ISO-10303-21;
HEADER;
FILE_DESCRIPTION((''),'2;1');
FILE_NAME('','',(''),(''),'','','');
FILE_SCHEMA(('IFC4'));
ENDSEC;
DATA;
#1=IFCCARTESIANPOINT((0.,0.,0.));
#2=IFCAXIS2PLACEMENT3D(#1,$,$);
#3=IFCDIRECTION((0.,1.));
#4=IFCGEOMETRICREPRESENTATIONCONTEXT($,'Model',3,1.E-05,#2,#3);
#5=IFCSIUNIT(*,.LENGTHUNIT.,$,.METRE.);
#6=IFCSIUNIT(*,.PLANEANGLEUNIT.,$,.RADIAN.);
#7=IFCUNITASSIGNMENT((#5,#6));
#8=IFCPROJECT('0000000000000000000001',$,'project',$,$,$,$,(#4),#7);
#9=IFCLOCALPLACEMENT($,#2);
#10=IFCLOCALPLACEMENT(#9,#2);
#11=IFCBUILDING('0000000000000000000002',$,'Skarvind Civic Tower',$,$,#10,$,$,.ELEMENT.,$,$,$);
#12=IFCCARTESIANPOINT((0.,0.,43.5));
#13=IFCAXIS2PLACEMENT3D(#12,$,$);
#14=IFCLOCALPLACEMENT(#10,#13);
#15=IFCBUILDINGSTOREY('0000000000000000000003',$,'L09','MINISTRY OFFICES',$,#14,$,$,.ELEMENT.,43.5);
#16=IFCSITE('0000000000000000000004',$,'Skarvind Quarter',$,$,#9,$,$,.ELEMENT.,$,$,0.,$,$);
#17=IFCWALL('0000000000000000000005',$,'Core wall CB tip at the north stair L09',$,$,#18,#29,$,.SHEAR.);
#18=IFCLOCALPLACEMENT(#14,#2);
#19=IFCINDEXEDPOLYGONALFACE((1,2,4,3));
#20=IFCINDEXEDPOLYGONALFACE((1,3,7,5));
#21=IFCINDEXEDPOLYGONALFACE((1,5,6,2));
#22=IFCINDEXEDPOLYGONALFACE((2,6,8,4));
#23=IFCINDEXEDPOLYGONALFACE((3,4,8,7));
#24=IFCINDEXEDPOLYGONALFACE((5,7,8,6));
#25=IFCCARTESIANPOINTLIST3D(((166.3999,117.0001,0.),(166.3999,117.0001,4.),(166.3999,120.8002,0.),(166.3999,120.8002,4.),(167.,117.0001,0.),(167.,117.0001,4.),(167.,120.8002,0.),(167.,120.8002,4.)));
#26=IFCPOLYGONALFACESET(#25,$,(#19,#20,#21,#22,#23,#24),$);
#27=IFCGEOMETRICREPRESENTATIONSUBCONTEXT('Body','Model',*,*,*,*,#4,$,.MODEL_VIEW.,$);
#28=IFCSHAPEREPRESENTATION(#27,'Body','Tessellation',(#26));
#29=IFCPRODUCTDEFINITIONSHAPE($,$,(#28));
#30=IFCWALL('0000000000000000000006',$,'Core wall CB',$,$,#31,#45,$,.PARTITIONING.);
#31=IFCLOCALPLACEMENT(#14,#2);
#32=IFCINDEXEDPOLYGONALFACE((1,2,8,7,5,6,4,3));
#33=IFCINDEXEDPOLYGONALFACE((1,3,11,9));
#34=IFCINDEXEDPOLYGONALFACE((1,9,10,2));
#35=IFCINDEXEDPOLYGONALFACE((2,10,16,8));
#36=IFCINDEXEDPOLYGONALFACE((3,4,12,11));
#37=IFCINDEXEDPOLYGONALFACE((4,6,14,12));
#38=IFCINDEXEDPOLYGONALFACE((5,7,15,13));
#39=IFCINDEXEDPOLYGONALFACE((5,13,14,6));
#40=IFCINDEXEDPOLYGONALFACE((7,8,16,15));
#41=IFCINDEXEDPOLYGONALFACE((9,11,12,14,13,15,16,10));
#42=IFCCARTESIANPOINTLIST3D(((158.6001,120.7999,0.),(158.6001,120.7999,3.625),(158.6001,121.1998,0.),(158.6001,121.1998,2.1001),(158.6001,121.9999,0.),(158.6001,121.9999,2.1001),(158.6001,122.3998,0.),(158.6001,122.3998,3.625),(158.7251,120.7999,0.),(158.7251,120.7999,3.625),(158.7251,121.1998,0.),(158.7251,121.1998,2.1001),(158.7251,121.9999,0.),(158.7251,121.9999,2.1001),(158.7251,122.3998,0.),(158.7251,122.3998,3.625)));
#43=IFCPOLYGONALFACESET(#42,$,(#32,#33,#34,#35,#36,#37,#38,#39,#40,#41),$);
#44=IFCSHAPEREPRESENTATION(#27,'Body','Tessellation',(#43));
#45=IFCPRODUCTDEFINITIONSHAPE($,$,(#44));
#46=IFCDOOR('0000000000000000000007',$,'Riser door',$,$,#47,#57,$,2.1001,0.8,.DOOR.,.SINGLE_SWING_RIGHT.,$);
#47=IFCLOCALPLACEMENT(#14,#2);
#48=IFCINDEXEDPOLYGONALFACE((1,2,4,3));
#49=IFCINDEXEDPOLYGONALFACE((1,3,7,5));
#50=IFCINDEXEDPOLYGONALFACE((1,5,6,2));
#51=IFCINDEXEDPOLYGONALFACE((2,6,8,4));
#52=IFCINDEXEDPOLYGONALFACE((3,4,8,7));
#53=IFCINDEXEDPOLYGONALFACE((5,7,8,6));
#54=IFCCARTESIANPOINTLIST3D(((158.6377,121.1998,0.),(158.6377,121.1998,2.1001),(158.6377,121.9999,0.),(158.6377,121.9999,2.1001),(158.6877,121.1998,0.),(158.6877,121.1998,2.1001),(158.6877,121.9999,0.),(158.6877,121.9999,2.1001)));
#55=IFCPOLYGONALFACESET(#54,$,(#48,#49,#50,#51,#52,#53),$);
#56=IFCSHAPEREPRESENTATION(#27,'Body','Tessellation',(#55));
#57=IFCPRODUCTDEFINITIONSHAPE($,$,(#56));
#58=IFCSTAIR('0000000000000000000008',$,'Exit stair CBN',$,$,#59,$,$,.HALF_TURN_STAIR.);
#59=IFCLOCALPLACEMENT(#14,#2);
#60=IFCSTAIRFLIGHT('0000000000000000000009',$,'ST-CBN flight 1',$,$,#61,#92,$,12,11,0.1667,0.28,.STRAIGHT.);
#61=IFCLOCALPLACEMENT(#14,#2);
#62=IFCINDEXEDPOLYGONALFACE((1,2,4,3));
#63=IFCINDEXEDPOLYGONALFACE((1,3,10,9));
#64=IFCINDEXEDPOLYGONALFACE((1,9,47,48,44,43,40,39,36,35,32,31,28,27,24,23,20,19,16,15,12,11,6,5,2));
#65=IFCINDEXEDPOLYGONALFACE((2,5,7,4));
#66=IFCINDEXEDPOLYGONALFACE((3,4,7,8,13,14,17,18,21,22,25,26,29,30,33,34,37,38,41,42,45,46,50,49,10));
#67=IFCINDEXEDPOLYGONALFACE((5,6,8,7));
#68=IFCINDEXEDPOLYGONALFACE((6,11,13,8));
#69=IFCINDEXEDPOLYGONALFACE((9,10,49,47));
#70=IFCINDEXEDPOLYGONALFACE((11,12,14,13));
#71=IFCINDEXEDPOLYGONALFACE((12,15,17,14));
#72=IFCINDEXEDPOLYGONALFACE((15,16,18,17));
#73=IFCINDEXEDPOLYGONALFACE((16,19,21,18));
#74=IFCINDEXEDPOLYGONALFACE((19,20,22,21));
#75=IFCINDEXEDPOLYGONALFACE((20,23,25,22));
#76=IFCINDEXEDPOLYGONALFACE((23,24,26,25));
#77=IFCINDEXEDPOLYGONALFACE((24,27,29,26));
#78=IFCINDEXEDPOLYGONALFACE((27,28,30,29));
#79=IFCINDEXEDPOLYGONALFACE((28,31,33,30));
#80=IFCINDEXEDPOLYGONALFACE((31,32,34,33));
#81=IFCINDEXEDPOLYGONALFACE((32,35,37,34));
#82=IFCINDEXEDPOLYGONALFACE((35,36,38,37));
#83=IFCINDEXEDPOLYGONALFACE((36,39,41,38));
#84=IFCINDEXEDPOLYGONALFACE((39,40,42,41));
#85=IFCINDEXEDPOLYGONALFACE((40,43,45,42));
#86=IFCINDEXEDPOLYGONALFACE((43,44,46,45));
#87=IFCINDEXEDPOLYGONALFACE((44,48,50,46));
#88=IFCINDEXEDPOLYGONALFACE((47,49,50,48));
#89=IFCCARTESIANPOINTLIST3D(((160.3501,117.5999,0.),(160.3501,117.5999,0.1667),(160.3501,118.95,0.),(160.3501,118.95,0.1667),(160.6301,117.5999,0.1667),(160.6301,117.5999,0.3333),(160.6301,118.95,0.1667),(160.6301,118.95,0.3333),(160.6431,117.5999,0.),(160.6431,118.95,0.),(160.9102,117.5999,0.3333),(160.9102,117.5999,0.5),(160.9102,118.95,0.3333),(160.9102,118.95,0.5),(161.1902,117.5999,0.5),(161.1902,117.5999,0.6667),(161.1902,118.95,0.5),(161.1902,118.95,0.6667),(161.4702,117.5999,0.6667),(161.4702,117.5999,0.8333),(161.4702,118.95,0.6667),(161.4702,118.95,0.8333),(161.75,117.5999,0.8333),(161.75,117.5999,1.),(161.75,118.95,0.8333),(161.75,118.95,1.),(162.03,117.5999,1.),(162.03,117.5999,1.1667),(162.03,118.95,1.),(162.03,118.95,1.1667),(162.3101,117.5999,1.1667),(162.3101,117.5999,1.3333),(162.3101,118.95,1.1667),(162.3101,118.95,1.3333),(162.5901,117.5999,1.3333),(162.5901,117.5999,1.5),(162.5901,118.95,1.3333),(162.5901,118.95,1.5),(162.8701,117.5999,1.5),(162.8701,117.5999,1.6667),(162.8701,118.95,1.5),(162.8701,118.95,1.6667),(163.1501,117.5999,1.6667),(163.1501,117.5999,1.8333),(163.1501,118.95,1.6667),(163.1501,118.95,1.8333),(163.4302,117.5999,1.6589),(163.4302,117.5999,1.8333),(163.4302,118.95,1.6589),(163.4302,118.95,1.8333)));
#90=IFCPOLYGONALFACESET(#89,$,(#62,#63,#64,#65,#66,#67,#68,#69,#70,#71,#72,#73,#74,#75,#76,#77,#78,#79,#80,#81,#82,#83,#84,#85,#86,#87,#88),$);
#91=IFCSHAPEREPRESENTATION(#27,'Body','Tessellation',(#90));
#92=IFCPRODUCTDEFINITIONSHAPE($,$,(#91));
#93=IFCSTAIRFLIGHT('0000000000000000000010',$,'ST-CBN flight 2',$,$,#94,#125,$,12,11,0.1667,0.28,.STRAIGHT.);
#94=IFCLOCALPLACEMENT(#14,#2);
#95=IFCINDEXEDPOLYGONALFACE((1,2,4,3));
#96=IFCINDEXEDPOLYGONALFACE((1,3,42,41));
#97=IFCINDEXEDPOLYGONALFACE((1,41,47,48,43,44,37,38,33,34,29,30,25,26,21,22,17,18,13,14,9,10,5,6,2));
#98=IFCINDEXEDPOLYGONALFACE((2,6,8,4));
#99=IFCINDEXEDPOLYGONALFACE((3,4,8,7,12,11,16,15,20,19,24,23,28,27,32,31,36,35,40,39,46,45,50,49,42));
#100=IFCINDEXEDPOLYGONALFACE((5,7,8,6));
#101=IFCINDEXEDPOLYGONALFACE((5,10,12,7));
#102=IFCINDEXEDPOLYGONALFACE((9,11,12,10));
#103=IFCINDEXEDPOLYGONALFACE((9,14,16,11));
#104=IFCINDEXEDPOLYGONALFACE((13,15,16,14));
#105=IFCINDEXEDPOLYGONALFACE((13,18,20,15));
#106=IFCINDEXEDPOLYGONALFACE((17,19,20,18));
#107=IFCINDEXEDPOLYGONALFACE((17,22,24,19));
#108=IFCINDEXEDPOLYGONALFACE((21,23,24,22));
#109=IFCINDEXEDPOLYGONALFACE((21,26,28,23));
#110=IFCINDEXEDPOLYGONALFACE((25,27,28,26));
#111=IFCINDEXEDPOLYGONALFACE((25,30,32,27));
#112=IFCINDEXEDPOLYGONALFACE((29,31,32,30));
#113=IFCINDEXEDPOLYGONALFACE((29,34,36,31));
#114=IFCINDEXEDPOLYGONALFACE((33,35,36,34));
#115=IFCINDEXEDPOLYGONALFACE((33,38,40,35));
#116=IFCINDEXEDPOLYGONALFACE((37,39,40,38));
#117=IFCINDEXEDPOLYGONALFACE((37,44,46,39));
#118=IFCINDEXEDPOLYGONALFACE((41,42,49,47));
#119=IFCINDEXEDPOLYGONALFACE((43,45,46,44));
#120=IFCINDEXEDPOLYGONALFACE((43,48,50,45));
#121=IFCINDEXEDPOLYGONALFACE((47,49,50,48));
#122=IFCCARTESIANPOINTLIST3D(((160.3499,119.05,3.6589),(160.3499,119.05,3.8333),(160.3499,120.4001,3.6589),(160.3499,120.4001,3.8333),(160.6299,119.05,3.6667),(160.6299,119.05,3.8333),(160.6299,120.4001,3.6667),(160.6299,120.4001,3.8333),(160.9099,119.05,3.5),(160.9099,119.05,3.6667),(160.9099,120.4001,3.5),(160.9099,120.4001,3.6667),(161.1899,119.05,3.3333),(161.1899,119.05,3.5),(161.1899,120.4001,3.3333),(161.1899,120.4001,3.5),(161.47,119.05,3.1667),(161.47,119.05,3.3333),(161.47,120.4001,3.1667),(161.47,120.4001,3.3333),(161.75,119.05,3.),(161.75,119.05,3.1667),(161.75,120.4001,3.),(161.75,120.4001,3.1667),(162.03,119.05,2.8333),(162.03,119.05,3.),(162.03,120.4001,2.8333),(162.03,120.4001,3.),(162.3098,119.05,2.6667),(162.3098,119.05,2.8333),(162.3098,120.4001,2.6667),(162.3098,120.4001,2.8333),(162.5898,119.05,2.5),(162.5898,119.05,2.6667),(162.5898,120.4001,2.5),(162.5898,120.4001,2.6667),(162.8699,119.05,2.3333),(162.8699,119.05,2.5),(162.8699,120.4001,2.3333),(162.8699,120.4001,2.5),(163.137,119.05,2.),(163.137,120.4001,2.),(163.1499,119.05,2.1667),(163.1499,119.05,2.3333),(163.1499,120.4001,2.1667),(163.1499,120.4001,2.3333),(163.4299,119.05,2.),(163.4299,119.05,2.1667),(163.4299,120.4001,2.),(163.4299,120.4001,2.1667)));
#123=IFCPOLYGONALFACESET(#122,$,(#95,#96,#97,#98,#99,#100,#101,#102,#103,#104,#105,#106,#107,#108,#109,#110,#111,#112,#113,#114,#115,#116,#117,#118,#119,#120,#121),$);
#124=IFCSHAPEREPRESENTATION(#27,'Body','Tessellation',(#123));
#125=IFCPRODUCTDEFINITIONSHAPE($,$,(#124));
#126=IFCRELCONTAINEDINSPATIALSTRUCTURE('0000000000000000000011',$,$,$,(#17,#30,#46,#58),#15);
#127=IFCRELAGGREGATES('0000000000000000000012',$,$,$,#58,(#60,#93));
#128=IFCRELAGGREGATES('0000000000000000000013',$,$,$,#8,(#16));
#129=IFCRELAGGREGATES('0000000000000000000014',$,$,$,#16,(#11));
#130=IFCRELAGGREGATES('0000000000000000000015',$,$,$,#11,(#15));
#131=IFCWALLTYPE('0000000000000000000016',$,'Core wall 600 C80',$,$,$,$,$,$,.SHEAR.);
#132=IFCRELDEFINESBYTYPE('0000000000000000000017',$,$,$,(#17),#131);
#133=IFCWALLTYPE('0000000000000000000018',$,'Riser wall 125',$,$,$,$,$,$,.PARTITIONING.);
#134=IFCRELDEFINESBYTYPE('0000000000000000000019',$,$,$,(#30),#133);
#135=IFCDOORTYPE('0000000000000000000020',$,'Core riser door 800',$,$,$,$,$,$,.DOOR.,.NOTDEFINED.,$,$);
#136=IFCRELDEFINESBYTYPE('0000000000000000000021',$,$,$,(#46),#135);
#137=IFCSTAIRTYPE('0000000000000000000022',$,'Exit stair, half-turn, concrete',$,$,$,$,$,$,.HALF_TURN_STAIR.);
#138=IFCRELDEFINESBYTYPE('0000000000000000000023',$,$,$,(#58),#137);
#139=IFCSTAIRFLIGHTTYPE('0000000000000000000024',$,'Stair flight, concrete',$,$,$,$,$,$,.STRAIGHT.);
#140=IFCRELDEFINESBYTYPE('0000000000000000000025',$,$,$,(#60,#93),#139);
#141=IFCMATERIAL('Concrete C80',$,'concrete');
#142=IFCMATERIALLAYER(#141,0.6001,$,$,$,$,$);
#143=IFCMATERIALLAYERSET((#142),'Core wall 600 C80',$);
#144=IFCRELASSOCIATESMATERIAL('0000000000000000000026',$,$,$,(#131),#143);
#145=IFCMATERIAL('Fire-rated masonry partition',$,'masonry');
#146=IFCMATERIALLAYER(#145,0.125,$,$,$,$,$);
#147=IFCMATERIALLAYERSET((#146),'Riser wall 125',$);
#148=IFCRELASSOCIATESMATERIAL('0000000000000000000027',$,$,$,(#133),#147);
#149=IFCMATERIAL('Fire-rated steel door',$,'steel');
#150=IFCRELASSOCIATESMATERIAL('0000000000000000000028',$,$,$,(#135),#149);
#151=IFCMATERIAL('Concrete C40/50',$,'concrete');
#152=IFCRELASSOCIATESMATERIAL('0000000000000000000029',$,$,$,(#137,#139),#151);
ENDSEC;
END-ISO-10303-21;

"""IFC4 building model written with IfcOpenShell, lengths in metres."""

from ifc_helpers import new_model, si_unit, direction, frame, frame_2d, origin, place, context, subcontext, project, spatial, polyline, rectangle, outline, extrude, material, layer, layer_set, type_object, element, fill, aggregate, save


model = new_model("IFC4")

# Units and contexts
model_context = context("Model", 3, precision=1e-05, world=origin(), true_north=direction((0.0, 1.0)))
body_context = subcontext(model_context, "Body", "Model", "MODEL_VIEW")
ifc_project = project(units=[si_unit("LENGTHUNIT", "METRE"), si_unit("PLANEANGLEUNIT", "RADIAN")], contexts=[model_context])

# Site, building, storey
site_placement = place(None, origin())
site = spatial("IfcSite", under=ifc_project, at=site_placement, Name="Skarvind Quarter", CompositionType="ELEMENT", RefElevation=0.0)
building_placement = place(site_placement, origin())
building = spatial("IfcBuilding", under=site, at=building_placement, Name="Skarvind Civic Tower", CompositionType="ELEMENT")
storey_placement = place(building_placement, frame((0.0, 0.0, 43.5)))
storey = spatial("IfcBuildingStorey", under=building, at=storey_placement, Name="L09", Description="MINISTRY OFFICES", CompositionType="ELEMENT", Elevation=43.5)

# Shared definitions
ifc_material_1 = material(Name="Fire-rated masonry partition", Category="masonry")
ifc_material_2 = material(Name="Fire-rated steel door", Category="steel")

# Shared definitions
ifc_material_3 = material(Name="Concrete C80", Category="concrete")

# Wall
ifc_layer_1 = layer(ifc_material_3, 0.6001)
ifc_layer_set_1 = layer_set([ifc_layer_1], Name="Core wall 600 C80")
wall_type_1 = type_object("IfcWallType", Name="Core wall 600 C80", PredefinedType="SHEAR", material=ifc_layer_set_1)
wall_1_placement = place(storey_placement, frame((166.7, 120.8, 0.0), z_axis=(0.0, 0.0, 1.0), x_axis=(0.0, -1.0, 0.0)))
element("IfcWall", 1, at=wall_1_placement, inside=storey, type_object=wall_type_1, Name="Core wall CB tip at the north stair L09", PredefinedType="SHEAR", context=body_context, shape_type="SweptSolid", body=[
    extrude(rectangle(XDim=3.8, YDim=0.6001, at=frame_2d((1.8999, 0.0))), origin(), (0.0, 0.0, 1.0), 4.0),
])

# Wall, opening, door
ifc_layer_2 = layer(ifc_material_1, 0.125)
ifc_layer_set_2 = layer_set([ifc_layer_2], Name="Riser wall 125")
wall_type_2 = type_object("IfcWallType", Name="Riser wall 125", PredefinedType="PARTITIONING", material=ifc_layer_set_2)
wall_2_placement = place(storey_placement, frame((158.6626, 120.8, 0.0), z_axis=(0.0, 0.0, 1.0), x_axis=(0.0, 1.0, 0.0)))
wall_2 = element("IfcWall", 2, at=wall_2_placement, inside=storey, type_object=wall_type_2, Name="Core wall CB", PredefinedType="PARTITIONING", context=body_context, shape_type="SweptSolid", body=[
    extrude(rectangle(XDim=1.5999, YDim=0.125, at=frame_2d((0.7998, 0.0))), origin(), (0.0, 0.0, 1.0), 3.625),
])
opening_1_placement = place(wall_2_placement, frame((0.3999, 0.0, 0.0)))
opening_1 = element("IfcOpeningElement", 3, at=opening_1_placement, cuts=wall_2, PredefinedType="OPENING", context=body_context, shape_type="SweptSolid", body=[
    extrude(rectangle(XDim=0.8, YDim=2.1001, at=frame_2d((0.3999, 1.05))), frame((0.0, 0.0725, 0.0), z_axis=(0.0, -1.0, 0.0), x_axis=(1.0, 0.0, 0.0)), (0.0, 0.0, 1.0), 0.145),
])
door_type_1 = type_object("IfcDoorType", Name="Core riser door 800", OperationType="NOTDEFINED", PredefinedType="DOOR", material=ifc_material_2)
door_1_placement = place(opening_1_placement, origin())
door_1 = element("IfcDoor", 4, at=door_1_placement, inside=storey, type_object=door_type_1, Name="Riser door", OperationType="SINGLE_SWING_RIGHT", OverallHeight=2.1001, OverallWidth=0.8, PredefinedType="DOOR", context=body_context, shape_type="SweptSolid", body=[
    extrude(rectangle(XDim=0.8, YDim=2.1001, at=frame_2d((0.3999, 1.05))), frame((0.0, 0.0249, 0.0), z_axis=(0.0, -1.0, 0.0), x_axis=(1.0, 0.0, 0.0)), (0.0, 0.0, 1.0), 0.05),
])
fill(opening_1, door_1)

# Stair, stair flights
ifc_material_4 = material(Name="Concrete C40/50", Category="concrete")
stair_type = type_object("IfcStairType", Name="Exit stair, half-turn, concrete", PredefinedType="HALF_TURN_STAIR", material=ifc_material_4)
stair_placement = place(storey_placement, origin())
stair = element("IfcStair", 5, at=stair_placement, inside=storey, type_object=stair_type, Name="Exit stair CBN", PredefinedType="HALF_TURN_STAIR")
stair_flight_type = type_object("IfcStairFlightType", Name="Stair flight, concrete", PredefinedType="STRAIGHT", material=ifc_material_4)
stair_flight_1_placement = place(storey_placement, frame((160.3501, 118.2749, 0.0), z_axis=(0.0, 0.0, 1.0), x_axis=(1.0, 0.0, 0.0)))
stair_flight_1 = element("IfcStairFlight", 6, at=stair_flight_1_placement, type_object=stair_flight_type, Name="ST-CBN flight 1", NumberOfRisers=12, NumberOfTreads=11, PredefinedType="STRAIGHT", RiserHeight=0.1667, TreadLength=0.28, context=body_context, shape_type="SweptSolid", body=[
    extrude(outline(polyline([(0.0, 0.0), (0.0, 0.1667), (0.28, 0.1667), (0.28, 0.3333), (0.5601, 0.3333), (0.5601, 0.5), (0.8401, 0.5), (0.8401, 0.6667), (1.1201, 0.6667), (1.1201, 0.8333), (1.3999, 0.8333), (1.3999, 1.0), (1.6799, 1.0), (1.6799, 1.1667), (1.96, 1.1667), (1.96, 1.3333), (2.24, 1.3333), (2.24, 1.5), (2.52, 1.5), (2.52, 1.6667), (2.8, 1.6667), (2.8, 1.8333), (3.0801, 1.8333), (3.0801, 2.0), (3.0801, 1.6589), (0.293, 0.0), (0.0, 0.0)])), frame((0.0, 0.675, 0.0), z_axis=(0.0, -1.0, 0.0), x_axis=(1.0, 0.0, 0.0)), (0.0, 0.0, 1.0), 1.3501),
])
stair_flight_2_placement = place(storey_placement, frame((163.4299, 119.7251, 2.0), z_axis=(0.0, 0.0, 1.0), x_axis=(-1.0, 0.0, 0.0)))
stair_flight_2 = element("IfcStairFlight", 7, at=stair_flight_2_placement, type_object=stair_flight_type, Name="ST-CBN flight 2", NumberOfRisers=12, NumberOfTreads=11, PredefinedType="STRAIGHT", RiserHeight=0.1667, TreadLength=0.28, context=body_context, shape_type="SweptSolid", body=[
    extrude(outline(polyline([(0.0, 0.0), (0.0, 0.1667), (0.28, 0.1667), (0.28, 0.3333), (0.5601, 0.3333), (0.5601, 0.5), (0.8401, 0.5), (0.8401, 0.6667), (1.1201, 0.6667), (1.1201, 0.8333), (1.3999, 0.8333), (1.3999, 1.0), (1.6799, 1.0), (1.6799, 1.1667), (1.96, 1.1667), (1.96, 1.3333), (2.24, 1.3333), (2.24, 1.5), (2.52, 1.5), (2.52, 1.6667), (2.8, 1.6667), (2.8, 1.8333), (3.0801, 1.8333), (3.0801, 2.0), (3.0801, 1.6589), (0.293, 0.0), (0.0, 0.0)])), frame((0.0, 0.675, 0.0), z_axis=(0.0, -1.0, 0.0), x_axis=(1.0, 0.0, 0.0)), (0.0, 0.0, 1.0), 1.3501),
])
aggregate(stair, [stair_flight_1, stair_flight_2])

save(model, "model.ifc")
